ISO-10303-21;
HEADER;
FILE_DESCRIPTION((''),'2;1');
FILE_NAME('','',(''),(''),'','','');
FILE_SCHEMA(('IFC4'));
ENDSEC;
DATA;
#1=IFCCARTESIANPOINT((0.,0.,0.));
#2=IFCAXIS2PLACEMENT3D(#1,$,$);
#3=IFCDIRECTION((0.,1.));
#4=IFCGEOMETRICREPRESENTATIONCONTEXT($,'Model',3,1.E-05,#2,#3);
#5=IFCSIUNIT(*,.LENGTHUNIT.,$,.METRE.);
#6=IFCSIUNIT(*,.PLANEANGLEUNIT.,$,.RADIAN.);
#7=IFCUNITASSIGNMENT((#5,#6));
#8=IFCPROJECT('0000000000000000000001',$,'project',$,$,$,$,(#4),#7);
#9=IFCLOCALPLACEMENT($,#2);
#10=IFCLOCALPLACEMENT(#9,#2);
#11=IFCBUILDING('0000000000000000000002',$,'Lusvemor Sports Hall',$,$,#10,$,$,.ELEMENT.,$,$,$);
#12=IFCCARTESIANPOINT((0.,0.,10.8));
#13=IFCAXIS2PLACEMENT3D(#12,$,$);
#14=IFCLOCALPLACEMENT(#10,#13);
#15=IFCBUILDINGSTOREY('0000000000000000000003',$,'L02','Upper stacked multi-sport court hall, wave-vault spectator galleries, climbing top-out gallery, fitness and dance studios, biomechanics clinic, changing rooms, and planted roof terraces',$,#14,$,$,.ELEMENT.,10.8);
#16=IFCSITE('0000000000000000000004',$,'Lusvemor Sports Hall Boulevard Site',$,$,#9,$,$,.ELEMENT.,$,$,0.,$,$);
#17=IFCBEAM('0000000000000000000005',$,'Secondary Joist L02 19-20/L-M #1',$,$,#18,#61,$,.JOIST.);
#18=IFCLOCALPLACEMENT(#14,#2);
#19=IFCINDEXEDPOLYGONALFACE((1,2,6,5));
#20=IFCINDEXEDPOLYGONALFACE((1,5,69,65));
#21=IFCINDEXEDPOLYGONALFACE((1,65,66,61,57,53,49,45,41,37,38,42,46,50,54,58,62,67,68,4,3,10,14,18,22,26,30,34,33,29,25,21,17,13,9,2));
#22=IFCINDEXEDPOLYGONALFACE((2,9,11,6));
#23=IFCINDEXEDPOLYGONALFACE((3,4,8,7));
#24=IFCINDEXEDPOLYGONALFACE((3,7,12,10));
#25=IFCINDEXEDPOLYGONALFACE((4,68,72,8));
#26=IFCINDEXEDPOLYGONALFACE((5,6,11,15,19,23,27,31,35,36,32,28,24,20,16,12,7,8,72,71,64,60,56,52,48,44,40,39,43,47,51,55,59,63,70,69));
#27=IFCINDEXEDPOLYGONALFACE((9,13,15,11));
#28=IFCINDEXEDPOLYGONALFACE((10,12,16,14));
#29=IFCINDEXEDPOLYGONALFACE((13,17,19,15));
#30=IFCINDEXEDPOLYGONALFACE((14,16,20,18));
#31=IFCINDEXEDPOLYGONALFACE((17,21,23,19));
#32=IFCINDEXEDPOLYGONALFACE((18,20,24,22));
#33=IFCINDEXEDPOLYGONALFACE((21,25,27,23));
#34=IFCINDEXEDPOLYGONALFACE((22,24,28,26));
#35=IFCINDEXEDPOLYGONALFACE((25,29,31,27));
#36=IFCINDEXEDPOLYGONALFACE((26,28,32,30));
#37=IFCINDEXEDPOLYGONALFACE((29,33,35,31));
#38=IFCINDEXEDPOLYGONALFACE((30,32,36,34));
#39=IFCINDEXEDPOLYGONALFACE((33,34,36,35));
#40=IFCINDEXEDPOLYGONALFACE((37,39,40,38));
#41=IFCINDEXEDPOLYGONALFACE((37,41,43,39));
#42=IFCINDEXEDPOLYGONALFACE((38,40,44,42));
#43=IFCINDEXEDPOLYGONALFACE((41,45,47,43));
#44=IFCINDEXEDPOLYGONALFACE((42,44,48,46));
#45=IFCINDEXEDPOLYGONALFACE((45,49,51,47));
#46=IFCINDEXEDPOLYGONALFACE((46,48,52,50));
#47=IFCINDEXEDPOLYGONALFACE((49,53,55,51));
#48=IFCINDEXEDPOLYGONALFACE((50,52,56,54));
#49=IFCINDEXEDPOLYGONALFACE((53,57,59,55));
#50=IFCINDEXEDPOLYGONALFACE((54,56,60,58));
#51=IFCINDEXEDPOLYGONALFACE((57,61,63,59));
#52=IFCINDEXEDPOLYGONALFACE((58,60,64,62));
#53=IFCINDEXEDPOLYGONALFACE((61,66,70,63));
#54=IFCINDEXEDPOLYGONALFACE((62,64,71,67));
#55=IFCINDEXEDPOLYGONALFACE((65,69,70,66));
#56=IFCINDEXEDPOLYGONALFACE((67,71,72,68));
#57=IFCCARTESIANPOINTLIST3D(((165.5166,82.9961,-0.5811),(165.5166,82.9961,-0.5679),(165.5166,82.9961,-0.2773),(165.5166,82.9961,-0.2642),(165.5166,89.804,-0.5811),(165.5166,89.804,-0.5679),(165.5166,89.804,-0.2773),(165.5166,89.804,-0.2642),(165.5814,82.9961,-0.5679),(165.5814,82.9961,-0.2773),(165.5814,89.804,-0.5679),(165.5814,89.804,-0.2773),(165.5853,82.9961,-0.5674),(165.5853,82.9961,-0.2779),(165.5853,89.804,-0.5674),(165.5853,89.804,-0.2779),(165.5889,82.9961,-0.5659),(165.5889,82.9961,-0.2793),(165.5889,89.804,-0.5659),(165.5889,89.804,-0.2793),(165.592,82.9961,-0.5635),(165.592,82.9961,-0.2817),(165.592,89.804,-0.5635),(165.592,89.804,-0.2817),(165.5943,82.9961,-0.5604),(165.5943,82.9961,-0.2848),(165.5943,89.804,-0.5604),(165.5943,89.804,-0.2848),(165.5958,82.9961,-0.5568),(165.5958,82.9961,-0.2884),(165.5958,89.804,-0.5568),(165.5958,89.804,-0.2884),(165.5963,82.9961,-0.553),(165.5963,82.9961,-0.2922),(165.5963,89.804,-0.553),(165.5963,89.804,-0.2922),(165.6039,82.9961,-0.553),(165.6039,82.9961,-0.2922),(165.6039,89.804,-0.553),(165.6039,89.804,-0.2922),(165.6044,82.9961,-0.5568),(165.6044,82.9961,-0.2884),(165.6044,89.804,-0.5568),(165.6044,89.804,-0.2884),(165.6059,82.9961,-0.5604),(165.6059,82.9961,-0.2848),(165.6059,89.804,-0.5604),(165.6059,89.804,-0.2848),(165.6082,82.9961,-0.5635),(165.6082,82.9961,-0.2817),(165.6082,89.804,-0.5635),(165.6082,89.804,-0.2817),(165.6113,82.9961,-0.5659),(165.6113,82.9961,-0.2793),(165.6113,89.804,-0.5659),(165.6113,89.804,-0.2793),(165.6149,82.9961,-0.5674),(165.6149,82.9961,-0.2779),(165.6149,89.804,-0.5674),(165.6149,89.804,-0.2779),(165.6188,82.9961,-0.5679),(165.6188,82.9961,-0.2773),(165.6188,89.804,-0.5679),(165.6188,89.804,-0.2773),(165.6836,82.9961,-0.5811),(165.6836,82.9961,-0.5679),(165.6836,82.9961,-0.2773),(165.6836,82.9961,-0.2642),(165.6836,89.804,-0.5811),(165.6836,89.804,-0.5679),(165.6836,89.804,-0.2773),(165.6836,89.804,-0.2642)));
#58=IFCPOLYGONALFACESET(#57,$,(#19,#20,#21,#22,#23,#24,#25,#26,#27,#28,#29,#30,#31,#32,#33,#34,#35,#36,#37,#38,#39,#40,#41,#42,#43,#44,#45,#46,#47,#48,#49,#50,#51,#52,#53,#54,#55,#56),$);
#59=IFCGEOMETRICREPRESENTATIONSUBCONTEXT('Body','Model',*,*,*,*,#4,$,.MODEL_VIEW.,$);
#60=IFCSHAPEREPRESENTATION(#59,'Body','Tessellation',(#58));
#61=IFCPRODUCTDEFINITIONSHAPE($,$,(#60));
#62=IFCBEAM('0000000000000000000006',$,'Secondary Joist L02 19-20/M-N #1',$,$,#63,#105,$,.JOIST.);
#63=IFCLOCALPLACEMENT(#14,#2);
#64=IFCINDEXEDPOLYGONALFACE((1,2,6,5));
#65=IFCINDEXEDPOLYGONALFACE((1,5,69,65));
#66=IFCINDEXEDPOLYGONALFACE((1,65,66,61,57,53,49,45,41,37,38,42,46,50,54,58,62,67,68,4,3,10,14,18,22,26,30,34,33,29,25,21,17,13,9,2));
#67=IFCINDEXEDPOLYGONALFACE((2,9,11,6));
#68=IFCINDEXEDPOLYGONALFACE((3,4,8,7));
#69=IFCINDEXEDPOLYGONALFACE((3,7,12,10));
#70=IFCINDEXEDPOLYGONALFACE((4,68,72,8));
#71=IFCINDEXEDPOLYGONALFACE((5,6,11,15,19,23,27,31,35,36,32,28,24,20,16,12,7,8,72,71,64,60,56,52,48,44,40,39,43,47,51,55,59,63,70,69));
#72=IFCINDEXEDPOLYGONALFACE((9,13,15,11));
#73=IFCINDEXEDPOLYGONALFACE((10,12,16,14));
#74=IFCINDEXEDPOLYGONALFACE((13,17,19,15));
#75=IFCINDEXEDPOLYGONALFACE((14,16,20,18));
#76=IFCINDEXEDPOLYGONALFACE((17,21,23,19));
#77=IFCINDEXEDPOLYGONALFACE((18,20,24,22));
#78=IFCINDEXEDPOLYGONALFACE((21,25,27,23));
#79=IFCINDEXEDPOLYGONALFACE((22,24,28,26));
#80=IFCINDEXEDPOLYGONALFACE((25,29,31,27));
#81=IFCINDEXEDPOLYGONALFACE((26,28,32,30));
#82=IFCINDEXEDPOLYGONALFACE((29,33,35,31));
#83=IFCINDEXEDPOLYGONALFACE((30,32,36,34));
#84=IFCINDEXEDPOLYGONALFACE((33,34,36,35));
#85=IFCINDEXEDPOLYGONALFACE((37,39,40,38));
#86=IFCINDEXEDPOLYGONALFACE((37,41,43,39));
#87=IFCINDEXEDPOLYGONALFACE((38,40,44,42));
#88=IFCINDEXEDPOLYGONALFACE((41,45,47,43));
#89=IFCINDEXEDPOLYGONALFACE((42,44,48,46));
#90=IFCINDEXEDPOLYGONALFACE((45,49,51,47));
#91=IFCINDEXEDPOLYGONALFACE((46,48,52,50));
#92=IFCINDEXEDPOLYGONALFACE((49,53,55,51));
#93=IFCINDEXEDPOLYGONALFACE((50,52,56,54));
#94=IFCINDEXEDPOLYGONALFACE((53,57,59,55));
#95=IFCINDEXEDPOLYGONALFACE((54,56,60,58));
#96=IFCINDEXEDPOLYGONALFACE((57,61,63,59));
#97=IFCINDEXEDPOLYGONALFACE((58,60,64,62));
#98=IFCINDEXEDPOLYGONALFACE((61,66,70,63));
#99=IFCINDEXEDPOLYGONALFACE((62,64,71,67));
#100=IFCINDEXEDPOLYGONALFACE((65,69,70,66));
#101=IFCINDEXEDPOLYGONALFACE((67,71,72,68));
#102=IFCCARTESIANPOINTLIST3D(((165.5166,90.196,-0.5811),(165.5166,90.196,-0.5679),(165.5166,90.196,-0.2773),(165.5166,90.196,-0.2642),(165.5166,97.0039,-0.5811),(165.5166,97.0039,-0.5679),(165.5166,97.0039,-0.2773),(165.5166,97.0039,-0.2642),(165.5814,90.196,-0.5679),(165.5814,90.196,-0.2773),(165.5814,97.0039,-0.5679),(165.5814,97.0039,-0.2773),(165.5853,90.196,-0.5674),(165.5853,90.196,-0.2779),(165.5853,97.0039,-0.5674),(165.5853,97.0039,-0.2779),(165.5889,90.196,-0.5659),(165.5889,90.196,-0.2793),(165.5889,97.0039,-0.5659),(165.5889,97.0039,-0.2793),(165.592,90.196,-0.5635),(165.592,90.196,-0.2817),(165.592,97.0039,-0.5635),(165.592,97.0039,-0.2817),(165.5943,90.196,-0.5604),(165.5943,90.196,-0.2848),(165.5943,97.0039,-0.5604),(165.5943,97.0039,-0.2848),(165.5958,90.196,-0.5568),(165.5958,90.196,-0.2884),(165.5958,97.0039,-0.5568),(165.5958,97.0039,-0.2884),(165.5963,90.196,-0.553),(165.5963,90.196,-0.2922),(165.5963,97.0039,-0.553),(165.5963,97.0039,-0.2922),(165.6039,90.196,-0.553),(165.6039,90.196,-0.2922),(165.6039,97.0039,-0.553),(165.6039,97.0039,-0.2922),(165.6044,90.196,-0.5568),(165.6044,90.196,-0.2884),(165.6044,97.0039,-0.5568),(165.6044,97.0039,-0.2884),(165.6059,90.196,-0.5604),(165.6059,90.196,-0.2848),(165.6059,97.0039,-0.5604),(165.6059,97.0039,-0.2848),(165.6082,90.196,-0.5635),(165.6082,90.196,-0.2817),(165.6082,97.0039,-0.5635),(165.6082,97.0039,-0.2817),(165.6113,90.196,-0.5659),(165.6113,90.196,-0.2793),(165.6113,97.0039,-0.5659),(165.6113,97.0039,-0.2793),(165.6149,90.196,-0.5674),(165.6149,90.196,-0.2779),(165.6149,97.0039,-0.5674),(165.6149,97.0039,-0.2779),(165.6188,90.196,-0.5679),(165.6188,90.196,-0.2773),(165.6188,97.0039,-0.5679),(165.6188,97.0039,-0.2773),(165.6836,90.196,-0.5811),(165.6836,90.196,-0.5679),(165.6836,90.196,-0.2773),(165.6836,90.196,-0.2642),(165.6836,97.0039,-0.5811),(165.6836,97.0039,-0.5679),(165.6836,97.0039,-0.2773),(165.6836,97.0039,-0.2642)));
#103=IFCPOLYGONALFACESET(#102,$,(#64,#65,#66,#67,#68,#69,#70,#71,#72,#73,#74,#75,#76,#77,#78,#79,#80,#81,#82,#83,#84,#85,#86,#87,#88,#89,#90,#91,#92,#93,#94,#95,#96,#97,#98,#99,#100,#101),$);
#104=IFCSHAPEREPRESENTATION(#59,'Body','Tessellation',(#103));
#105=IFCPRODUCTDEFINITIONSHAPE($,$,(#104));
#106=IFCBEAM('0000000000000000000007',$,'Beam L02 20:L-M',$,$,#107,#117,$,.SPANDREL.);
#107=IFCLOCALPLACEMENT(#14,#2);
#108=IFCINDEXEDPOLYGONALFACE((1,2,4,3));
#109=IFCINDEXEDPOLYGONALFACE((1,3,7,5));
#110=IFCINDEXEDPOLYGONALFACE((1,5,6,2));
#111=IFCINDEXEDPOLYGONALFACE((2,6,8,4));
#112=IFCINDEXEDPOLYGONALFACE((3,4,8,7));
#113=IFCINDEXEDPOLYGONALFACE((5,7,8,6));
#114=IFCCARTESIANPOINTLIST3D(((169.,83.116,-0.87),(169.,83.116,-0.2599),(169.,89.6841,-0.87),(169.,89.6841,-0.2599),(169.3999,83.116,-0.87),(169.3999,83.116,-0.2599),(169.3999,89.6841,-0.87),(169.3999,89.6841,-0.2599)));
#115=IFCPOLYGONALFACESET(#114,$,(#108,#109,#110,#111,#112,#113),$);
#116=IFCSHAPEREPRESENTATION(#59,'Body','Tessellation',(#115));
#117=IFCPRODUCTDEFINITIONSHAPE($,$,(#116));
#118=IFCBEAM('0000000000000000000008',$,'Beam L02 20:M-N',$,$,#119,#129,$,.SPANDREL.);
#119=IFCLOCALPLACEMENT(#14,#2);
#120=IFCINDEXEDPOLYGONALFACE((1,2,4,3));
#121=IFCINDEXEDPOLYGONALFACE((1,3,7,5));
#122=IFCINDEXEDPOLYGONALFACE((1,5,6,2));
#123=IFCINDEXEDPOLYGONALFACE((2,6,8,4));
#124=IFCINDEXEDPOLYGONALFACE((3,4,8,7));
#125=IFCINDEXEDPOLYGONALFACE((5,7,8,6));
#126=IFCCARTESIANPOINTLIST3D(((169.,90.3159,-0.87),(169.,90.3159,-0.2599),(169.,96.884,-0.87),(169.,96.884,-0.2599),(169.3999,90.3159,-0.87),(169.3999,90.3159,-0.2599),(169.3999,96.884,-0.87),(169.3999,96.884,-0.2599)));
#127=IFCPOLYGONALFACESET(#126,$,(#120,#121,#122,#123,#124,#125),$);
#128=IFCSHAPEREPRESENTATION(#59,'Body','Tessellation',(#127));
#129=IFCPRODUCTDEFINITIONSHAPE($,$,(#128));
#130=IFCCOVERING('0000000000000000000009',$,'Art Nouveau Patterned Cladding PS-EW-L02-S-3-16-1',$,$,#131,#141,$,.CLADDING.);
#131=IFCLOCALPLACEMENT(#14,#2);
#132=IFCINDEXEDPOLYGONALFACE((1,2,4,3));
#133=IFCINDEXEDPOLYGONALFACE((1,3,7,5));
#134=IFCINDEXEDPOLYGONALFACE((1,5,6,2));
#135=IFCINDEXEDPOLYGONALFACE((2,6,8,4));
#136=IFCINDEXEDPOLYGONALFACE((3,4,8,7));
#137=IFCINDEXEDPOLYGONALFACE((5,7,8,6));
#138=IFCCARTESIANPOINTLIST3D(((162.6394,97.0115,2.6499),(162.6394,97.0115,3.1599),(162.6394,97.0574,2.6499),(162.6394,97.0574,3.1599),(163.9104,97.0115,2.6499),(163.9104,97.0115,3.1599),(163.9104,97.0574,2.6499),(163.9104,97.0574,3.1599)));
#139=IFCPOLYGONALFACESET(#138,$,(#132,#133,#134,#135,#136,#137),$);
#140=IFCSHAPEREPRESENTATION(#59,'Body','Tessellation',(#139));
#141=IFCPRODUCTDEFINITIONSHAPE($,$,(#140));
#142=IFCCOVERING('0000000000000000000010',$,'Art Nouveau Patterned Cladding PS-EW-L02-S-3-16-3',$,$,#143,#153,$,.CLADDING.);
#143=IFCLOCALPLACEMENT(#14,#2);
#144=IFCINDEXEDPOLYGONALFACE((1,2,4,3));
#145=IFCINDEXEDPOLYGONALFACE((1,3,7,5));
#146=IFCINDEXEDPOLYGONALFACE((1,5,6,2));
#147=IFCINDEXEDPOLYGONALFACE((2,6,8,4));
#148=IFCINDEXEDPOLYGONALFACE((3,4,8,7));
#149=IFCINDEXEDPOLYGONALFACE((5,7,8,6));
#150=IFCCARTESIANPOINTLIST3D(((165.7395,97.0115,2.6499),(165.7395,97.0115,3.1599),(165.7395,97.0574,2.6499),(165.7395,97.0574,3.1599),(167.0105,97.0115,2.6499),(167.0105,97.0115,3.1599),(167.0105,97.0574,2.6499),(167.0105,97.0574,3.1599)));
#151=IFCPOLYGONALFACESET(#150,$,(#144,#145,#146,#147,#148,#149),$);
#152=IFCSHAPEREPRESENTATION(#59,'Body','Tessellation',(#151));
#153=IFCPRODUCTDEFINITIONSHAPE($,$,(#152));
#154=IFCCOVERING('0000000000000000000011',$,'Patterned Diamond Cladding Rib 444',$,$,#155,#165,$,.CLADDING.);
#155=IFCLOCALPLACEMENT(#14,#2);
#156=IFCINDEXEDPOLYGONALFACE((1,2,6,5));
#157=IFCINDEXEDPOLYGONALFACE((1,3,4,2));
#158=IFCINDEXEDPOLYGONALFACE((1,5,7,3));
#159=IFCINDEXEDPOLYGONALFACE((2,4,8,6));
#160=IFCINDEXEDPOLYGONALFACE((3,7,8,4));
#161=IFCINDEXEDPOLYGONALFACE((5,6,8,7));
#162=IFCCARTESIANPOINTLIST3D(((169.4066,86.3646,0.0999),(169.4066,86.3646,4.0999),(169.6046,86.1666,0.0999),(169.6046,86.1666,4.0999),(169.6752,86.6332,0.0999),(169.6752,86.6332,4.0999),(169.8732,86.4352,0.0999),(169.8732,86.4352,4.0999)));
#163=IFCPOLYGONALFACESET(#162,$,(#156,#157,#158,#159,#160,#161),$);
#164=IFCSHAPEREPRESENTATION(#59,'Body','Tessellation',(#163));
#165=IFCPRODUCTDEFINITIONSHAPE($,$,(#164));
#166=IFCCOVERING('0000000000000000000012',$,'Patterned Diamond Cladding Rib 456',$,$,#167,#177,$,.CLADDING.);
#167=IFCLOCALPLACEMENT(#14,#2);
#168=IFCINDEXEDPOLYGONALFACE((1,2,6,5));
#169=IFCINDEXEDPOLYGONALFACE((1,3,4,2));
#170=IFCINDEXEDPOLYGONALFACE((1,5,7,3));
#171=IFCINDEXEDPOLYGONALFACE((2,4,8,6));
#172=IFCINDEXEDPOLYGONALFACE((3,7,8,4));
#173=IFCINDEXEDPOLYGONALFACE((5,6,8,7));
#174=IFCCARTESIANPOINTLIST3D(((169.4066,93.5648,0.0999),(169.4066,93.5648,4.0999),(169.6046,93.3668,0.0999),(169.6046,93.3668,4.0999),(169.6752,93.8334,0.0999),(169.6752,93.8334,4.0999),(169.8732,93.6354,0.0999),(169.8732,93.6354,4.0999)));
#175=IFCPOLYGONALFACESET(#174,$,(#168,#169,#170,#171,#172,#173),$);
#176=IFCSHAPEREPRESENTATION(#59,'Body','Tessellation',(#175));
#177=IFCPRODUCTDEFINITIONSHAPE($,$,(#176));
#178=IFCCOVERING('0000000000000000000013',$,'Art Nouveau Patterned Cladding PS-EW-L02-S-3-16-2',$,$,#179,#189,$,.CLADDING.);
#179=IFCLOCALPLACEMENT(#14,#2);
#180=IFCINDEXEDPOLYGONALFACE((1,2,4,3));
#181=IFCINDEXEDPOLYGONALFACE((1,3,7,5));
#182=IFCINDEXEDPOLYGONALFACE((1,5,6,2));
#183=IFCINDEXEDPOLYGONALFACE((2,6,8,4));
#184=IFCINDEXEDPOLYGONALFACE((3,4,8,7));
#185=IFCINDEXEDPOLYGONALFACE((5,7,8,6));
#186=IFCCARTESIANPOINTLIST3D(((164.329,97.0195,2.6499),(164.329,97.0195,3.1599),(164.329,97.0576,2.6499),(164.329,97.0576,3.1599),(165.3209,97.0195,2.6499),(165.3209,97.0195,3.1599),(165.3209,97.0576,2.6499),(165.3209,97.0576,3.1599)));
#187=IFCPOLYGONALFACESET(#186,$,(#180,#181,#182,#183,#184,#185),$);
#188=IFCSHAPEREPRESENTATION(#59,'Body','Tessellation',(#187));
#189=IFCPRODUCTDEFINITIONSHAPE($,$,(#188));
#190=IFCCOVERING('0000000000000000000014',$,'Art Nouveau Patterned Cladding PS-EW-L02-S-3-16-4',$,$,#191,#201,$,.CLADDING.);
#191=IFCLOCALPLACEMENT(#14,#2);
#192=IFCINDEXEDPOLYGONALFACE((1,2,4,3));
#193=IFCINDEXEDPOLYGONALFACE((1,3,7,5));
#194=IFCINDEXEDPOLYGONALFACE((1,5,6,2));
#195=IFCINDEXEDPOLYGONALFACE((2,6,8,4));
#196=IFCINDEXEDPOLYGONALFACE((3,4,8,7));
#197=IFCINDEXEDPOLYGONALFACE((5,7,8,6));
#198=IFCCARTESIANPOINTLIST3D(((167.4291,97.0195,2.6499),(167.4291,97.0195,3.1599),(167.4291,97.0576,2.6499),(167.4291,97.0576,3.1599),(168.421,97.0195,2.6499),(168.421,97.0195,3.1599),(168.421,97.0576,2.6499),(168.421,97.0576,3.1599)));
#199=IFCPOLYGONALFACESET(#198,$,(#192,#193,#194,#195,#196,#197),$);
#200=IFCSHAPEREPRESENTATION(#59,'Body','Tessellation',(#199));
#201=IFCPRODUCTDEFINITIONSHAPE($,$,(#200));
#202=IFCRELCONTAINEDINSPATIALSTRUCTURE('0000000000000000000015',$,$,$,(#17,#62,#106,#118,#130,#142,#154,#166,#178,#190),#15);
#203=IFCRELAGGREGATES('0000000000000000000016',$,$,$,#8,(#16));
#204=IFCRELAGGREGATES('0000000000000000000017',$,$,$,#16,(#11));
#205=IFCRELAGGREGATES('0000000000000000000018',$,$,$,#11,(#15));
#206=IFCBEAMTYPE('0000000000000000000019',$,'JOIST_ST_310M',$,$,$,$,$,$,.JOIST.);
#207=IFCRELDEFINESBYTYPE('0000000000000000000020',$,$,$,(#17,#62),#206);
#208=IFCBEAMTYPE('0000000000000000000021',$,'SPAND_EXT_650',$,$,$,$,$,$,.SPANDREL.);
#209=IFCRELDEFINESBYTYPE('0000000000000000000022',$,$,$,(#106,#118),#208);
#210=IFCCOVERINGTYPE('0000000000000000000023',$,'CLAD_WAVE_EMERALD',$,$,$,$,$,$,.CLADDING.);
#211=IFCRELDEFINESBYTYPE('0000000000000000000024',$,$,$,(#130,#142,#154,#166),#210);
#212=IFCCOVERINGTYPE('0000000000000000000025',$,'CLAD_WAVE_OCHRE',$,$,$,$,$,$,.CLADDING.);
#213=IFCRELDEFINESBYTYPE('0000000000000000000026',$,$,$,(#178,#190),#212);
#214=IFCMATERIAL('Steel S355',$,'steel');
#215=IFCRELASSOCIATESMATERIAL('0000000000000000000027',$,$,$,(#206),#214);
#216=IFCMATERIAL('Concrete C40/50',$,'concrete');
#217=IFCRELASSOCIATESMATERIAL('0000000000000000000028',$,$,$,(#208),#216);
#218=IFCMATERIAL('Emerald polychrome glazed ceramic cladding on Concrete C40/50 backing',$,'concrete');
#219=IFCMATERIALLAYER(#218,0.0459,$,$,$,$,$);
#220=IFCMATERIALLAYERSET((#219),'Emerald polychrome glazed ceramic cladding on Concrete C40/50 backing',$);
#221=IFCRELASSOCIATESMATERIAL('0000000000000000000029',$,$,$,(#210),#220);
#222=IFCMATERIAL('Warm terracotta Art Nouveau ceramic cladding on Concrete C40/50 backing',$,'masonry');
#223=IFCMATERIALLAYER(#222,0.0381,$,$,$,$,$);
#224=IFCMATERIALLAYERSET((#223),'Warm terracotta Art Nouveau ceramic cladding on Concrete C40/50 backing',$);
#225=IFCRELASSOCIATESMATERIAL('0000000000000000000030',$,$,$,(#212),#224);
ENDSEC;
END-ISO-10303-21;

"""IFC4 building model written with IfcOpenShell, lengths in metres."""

from ifc_helpers import new_model, si_unit, direction, frame, origin, origin_2d, place, context, subcontext, project, spatial, rectangle, i_section, extrude, material, layer, layer_set, material_profile, profile_set, type_object, element, save


model = new_model("IFC4")

# Units and contexts
model_context = context("Model", 3, precision=1e-05, world=origin(), true_north=direction((0.0, 1.0)))
body_context = subcontext(model_context, "Body", "Model", "MODEL_VIEW")
ifc_project = project(units=[si_unit("LENGTHUNIT", "METRE"), si_unit("PLANEANGLEUNIT", "RADIAN")], contexts=[model_context])

# Site, building, storey
site_placement = place(None, origin())
site = spatial("IfcSite", under=ifc_project, at=site_placement, Name="Lusvemor Sports Hall Boulevard Site", CompositionType="ELEMENT", RefElevation=0.0)
building_placement = place(site_placement, origin())
building = spatial("IfcBuilding", under=site, at=building_placement, Name="Lusvemor Sports Hall", CompositionType="ELEMENT")
storey_placement = place(building_placement, frame((0.0, 0.0, 10.8)))
storey = spatial("IfcBuildingStorey", under=building, at=storey_placement, Name="L02", Description="Upper stacked multi-sport court hall, wave-vault spectator galleries, climbing top-out gallery, fitness and dance studios, biomechanics clinic, changing rooms, and planted roof terraces", CompositionType="ELEMENT", Elevation=10.8)

# Beams
ifc_material_1 = material(Name="Steel S355", Category="steel")
ifc_material_profile_1 = material_profile(ifc_material_1, i_section(OverallWidth=0.167, OverallDepth=0.3169, WebThickness=0.0076, FlangeThickness=0.0132, FilletRadius=0.0149, at=origin_2d()), Name="W310x52.0")
ifc_profile_set_1 = profile_set([ifc_material_profile_1], Name="Steel S355")
beam_type_1 = type_object("IfcBeamType", Name="JOIST_ST_310M", PredefinedType="JOIST", material=ifc_profile_set_1)
for number, where, z_axis, x_axis, name in (
    (1, (165.6001, 82.9961, -0.4226), (0.0, 1.0, 0.0), (-1.0, 0.0, 0.0), "Secondary Joist L02 19-20/L-M #1"),
    (2, (165.6001, 90.196, -0.4226), (0.0, 1.0, 0.0), (-1.0, 0.0, 0.0), "Secondary Joist L02 19-20/M-N #1"),
):
    element("IfcBeam", number, at=place(storey_placement, frame(where, z_axis=z_axis, x_axis=x_axis)), inside=storey, type_object=beam_type_1, Name=name, PredefinedType="JOIST", context=body_context, shape_type="SweptSolid", body=[
        extrude(i_section(OverallWidth=0.167, OverallDepth=0.3169, WebThickness=0.0076, FlangeThickness=0.0132, FilletRadius=0.0149, at=origin_2d()), origin(), (0.0, 0.0, 1.0), 6.8079),
    ])
ifc_material_2 = material(Name="Concrete C40/50", Category="concrete")
ifc_material_profile_2 = material_profile(ifc_material_2, rectangle(XDim=0.3999, YDim=0.6101, at=origin_2d()), Name="RC400x610")
ifc_profile_set_2 = profile_set([ifc_material_profile_2], Name="Concrete C40/50")
beam_type_2 = type_object("IfcBeamType", Name="SPAND_EXT_650", PredefinedType="SPANDREL", material=ifc_profile_set_2)
for number, where, z_axis, x_axis, name in (
    (3, (169.2, 83.116, -0.5649), (0.0, 1.0, 0.0), (-1.0, 0.0, 0.0), "Beam L02 20:L-M"),
    (4, (169.2, 90.3159, -0.5649), (0.0, 1.0, 0.0), (-1.0, 0.0, 0.0), "Beam L02 20:M-N"),
):
    element("IfcBeam", number, at=place(storey_placement, frame(where, z_axis=z_axis, x_axis=x_axis)), inside=storey, type_object=beam_type_2, Name=name, PredefinedType="SPANDREL", context=body_context, shape_type="SweptSolid", body=[
        extrude(rectangle(XDim=0.3999, YDim=0.6101, at=origin_2d()), origin(), (0.0, 0.0, 1.0), 6.5681),
    ])

# Coverings
ifc_material_3 = material(Name="Emerald polychrome glazed ceramic cladding on Concrete C40/50 backing", Category="concrete")
ifc_layer_1 = layer(ifc_material_3, 0.0459)
ifc_layer_set_1 = layer_set([ifc_layer_1], Name="Emerald polychrome glazed ceramic cladding on Concrete C40/50 backing")
covering_type_1 = type_object("IfcCoveringType", Name="CLAD_WAVE_EMERALD", PredefinedType="CLADDING", material=ifc_layer_set_1)
for number, where, z_axis, x_axis, name in (
    (5, (163.2749, 97.0344, 2.6499), (0.0, 0.0, 1.0), (1.0, 0.0, 0.0), "Art Nouveau Patterned Cladding PS-EW-L02-S-3-16-1"),
    (6, (166.375, 97.0344, 2.6499), (0.0, 0.0, 1.0), (1.0, 0.0, 0.0), "Art Nouveau Patterned Cladding PS-EW-L02-S-3-16-3"),
):
    element("IfcCovering", number, at=place(storey_placement, frame(where, z_axis=z_axis, x_axis=x_axis)), inside=storey, type_object=covering_type_1, Name=name, PredefinedType="CLADDING", context=body_context, shape_type="SweptSolid", body=[
        extrude(rectangle(XDim=1.271, YDim=0.0459, at=origin_2d()), origin(), (0.0, 0.0, 1.0), 0.51),
    ])
for number, where, z_axis, x_axis, name in (
    (7, (169.6399, 86.3999, 0.0999), (0.0, 0.0, 1.0), (0.707107, 0.707107, 0.0), "Patterned Diamond Cladding Rib 444"),
    (8, (169.6399, 93.6001, 0.0999), (0.0, 0.0, 1.0), (0.707107, 0.707107, 0.0), "Patterned Diamond Cladding Rib 456"),
):
    element("IfcCovering", number, at=place(storey_placement, frame(where, z_axis=z_axis, x_axis=x_axis)), inside=storey, type_object=covering_type_1, Name=name, PredefinedType="CLADDING", context=body_context, shape_type="SweptSolid", body=[
        extrude(rectangle(XDim=0.3799, YDim=0.28, at=origin_2d()), origin(), (0.0, 0.0, 1.0), 4.0),
    ])
ifc_material_4 = material(Name="Warm terracotta Art Nouveau ceramic cladding on Concrete C40/50 backing", Category="masonry")
ifc_layer_2 = layer(ifc_material_4, 0.0381)
ifc_layer_set_2 = layer_set([ifc_layer_2], Name="Warm terracotta Art Nouveau ceramic cladding on Concrete C40/50 backing")
covering_type_2 = type_object("IfcCoveringType", Name="CLAD_WAVE_OCHRE", PredefinedType="CLADDING", material=ifc_layer_set_2)
for number, where, z_axis, x_axis, name in (
    (9, (164.825, 97.0386, 2.6499), (0.0, 0.0, 1.0), (1.0, 0.0, 0.0), "Art Nouveau Patterned Cladding PS-EW-L02-S-3-16-2"),
    (10, (167.925, 97.0386, 2.6499), (0.0, 0.0, 1.0), (1.0, 0.0, 0.0), "Art Nouveau Patterned Cladding PS-EW-L02-S-3-16-4"),
):
    element("IfcCovering", number, at=place(storey_placement, frame(where, z_axis=z_axis, x_axis=x_axis)), inside=storey, type_object=covering_type_2, Name=name, PredefinedType="CLADDING", context=body_context, shape_type="SweptSolid", body=[
        extrude(rectangle(XDim=0.9919, YDim=0.0381, at=origin_2d()), origin(), (0.0, 0.0, 1.0), 0.51),
    ])

save(model, "model.ifc")
